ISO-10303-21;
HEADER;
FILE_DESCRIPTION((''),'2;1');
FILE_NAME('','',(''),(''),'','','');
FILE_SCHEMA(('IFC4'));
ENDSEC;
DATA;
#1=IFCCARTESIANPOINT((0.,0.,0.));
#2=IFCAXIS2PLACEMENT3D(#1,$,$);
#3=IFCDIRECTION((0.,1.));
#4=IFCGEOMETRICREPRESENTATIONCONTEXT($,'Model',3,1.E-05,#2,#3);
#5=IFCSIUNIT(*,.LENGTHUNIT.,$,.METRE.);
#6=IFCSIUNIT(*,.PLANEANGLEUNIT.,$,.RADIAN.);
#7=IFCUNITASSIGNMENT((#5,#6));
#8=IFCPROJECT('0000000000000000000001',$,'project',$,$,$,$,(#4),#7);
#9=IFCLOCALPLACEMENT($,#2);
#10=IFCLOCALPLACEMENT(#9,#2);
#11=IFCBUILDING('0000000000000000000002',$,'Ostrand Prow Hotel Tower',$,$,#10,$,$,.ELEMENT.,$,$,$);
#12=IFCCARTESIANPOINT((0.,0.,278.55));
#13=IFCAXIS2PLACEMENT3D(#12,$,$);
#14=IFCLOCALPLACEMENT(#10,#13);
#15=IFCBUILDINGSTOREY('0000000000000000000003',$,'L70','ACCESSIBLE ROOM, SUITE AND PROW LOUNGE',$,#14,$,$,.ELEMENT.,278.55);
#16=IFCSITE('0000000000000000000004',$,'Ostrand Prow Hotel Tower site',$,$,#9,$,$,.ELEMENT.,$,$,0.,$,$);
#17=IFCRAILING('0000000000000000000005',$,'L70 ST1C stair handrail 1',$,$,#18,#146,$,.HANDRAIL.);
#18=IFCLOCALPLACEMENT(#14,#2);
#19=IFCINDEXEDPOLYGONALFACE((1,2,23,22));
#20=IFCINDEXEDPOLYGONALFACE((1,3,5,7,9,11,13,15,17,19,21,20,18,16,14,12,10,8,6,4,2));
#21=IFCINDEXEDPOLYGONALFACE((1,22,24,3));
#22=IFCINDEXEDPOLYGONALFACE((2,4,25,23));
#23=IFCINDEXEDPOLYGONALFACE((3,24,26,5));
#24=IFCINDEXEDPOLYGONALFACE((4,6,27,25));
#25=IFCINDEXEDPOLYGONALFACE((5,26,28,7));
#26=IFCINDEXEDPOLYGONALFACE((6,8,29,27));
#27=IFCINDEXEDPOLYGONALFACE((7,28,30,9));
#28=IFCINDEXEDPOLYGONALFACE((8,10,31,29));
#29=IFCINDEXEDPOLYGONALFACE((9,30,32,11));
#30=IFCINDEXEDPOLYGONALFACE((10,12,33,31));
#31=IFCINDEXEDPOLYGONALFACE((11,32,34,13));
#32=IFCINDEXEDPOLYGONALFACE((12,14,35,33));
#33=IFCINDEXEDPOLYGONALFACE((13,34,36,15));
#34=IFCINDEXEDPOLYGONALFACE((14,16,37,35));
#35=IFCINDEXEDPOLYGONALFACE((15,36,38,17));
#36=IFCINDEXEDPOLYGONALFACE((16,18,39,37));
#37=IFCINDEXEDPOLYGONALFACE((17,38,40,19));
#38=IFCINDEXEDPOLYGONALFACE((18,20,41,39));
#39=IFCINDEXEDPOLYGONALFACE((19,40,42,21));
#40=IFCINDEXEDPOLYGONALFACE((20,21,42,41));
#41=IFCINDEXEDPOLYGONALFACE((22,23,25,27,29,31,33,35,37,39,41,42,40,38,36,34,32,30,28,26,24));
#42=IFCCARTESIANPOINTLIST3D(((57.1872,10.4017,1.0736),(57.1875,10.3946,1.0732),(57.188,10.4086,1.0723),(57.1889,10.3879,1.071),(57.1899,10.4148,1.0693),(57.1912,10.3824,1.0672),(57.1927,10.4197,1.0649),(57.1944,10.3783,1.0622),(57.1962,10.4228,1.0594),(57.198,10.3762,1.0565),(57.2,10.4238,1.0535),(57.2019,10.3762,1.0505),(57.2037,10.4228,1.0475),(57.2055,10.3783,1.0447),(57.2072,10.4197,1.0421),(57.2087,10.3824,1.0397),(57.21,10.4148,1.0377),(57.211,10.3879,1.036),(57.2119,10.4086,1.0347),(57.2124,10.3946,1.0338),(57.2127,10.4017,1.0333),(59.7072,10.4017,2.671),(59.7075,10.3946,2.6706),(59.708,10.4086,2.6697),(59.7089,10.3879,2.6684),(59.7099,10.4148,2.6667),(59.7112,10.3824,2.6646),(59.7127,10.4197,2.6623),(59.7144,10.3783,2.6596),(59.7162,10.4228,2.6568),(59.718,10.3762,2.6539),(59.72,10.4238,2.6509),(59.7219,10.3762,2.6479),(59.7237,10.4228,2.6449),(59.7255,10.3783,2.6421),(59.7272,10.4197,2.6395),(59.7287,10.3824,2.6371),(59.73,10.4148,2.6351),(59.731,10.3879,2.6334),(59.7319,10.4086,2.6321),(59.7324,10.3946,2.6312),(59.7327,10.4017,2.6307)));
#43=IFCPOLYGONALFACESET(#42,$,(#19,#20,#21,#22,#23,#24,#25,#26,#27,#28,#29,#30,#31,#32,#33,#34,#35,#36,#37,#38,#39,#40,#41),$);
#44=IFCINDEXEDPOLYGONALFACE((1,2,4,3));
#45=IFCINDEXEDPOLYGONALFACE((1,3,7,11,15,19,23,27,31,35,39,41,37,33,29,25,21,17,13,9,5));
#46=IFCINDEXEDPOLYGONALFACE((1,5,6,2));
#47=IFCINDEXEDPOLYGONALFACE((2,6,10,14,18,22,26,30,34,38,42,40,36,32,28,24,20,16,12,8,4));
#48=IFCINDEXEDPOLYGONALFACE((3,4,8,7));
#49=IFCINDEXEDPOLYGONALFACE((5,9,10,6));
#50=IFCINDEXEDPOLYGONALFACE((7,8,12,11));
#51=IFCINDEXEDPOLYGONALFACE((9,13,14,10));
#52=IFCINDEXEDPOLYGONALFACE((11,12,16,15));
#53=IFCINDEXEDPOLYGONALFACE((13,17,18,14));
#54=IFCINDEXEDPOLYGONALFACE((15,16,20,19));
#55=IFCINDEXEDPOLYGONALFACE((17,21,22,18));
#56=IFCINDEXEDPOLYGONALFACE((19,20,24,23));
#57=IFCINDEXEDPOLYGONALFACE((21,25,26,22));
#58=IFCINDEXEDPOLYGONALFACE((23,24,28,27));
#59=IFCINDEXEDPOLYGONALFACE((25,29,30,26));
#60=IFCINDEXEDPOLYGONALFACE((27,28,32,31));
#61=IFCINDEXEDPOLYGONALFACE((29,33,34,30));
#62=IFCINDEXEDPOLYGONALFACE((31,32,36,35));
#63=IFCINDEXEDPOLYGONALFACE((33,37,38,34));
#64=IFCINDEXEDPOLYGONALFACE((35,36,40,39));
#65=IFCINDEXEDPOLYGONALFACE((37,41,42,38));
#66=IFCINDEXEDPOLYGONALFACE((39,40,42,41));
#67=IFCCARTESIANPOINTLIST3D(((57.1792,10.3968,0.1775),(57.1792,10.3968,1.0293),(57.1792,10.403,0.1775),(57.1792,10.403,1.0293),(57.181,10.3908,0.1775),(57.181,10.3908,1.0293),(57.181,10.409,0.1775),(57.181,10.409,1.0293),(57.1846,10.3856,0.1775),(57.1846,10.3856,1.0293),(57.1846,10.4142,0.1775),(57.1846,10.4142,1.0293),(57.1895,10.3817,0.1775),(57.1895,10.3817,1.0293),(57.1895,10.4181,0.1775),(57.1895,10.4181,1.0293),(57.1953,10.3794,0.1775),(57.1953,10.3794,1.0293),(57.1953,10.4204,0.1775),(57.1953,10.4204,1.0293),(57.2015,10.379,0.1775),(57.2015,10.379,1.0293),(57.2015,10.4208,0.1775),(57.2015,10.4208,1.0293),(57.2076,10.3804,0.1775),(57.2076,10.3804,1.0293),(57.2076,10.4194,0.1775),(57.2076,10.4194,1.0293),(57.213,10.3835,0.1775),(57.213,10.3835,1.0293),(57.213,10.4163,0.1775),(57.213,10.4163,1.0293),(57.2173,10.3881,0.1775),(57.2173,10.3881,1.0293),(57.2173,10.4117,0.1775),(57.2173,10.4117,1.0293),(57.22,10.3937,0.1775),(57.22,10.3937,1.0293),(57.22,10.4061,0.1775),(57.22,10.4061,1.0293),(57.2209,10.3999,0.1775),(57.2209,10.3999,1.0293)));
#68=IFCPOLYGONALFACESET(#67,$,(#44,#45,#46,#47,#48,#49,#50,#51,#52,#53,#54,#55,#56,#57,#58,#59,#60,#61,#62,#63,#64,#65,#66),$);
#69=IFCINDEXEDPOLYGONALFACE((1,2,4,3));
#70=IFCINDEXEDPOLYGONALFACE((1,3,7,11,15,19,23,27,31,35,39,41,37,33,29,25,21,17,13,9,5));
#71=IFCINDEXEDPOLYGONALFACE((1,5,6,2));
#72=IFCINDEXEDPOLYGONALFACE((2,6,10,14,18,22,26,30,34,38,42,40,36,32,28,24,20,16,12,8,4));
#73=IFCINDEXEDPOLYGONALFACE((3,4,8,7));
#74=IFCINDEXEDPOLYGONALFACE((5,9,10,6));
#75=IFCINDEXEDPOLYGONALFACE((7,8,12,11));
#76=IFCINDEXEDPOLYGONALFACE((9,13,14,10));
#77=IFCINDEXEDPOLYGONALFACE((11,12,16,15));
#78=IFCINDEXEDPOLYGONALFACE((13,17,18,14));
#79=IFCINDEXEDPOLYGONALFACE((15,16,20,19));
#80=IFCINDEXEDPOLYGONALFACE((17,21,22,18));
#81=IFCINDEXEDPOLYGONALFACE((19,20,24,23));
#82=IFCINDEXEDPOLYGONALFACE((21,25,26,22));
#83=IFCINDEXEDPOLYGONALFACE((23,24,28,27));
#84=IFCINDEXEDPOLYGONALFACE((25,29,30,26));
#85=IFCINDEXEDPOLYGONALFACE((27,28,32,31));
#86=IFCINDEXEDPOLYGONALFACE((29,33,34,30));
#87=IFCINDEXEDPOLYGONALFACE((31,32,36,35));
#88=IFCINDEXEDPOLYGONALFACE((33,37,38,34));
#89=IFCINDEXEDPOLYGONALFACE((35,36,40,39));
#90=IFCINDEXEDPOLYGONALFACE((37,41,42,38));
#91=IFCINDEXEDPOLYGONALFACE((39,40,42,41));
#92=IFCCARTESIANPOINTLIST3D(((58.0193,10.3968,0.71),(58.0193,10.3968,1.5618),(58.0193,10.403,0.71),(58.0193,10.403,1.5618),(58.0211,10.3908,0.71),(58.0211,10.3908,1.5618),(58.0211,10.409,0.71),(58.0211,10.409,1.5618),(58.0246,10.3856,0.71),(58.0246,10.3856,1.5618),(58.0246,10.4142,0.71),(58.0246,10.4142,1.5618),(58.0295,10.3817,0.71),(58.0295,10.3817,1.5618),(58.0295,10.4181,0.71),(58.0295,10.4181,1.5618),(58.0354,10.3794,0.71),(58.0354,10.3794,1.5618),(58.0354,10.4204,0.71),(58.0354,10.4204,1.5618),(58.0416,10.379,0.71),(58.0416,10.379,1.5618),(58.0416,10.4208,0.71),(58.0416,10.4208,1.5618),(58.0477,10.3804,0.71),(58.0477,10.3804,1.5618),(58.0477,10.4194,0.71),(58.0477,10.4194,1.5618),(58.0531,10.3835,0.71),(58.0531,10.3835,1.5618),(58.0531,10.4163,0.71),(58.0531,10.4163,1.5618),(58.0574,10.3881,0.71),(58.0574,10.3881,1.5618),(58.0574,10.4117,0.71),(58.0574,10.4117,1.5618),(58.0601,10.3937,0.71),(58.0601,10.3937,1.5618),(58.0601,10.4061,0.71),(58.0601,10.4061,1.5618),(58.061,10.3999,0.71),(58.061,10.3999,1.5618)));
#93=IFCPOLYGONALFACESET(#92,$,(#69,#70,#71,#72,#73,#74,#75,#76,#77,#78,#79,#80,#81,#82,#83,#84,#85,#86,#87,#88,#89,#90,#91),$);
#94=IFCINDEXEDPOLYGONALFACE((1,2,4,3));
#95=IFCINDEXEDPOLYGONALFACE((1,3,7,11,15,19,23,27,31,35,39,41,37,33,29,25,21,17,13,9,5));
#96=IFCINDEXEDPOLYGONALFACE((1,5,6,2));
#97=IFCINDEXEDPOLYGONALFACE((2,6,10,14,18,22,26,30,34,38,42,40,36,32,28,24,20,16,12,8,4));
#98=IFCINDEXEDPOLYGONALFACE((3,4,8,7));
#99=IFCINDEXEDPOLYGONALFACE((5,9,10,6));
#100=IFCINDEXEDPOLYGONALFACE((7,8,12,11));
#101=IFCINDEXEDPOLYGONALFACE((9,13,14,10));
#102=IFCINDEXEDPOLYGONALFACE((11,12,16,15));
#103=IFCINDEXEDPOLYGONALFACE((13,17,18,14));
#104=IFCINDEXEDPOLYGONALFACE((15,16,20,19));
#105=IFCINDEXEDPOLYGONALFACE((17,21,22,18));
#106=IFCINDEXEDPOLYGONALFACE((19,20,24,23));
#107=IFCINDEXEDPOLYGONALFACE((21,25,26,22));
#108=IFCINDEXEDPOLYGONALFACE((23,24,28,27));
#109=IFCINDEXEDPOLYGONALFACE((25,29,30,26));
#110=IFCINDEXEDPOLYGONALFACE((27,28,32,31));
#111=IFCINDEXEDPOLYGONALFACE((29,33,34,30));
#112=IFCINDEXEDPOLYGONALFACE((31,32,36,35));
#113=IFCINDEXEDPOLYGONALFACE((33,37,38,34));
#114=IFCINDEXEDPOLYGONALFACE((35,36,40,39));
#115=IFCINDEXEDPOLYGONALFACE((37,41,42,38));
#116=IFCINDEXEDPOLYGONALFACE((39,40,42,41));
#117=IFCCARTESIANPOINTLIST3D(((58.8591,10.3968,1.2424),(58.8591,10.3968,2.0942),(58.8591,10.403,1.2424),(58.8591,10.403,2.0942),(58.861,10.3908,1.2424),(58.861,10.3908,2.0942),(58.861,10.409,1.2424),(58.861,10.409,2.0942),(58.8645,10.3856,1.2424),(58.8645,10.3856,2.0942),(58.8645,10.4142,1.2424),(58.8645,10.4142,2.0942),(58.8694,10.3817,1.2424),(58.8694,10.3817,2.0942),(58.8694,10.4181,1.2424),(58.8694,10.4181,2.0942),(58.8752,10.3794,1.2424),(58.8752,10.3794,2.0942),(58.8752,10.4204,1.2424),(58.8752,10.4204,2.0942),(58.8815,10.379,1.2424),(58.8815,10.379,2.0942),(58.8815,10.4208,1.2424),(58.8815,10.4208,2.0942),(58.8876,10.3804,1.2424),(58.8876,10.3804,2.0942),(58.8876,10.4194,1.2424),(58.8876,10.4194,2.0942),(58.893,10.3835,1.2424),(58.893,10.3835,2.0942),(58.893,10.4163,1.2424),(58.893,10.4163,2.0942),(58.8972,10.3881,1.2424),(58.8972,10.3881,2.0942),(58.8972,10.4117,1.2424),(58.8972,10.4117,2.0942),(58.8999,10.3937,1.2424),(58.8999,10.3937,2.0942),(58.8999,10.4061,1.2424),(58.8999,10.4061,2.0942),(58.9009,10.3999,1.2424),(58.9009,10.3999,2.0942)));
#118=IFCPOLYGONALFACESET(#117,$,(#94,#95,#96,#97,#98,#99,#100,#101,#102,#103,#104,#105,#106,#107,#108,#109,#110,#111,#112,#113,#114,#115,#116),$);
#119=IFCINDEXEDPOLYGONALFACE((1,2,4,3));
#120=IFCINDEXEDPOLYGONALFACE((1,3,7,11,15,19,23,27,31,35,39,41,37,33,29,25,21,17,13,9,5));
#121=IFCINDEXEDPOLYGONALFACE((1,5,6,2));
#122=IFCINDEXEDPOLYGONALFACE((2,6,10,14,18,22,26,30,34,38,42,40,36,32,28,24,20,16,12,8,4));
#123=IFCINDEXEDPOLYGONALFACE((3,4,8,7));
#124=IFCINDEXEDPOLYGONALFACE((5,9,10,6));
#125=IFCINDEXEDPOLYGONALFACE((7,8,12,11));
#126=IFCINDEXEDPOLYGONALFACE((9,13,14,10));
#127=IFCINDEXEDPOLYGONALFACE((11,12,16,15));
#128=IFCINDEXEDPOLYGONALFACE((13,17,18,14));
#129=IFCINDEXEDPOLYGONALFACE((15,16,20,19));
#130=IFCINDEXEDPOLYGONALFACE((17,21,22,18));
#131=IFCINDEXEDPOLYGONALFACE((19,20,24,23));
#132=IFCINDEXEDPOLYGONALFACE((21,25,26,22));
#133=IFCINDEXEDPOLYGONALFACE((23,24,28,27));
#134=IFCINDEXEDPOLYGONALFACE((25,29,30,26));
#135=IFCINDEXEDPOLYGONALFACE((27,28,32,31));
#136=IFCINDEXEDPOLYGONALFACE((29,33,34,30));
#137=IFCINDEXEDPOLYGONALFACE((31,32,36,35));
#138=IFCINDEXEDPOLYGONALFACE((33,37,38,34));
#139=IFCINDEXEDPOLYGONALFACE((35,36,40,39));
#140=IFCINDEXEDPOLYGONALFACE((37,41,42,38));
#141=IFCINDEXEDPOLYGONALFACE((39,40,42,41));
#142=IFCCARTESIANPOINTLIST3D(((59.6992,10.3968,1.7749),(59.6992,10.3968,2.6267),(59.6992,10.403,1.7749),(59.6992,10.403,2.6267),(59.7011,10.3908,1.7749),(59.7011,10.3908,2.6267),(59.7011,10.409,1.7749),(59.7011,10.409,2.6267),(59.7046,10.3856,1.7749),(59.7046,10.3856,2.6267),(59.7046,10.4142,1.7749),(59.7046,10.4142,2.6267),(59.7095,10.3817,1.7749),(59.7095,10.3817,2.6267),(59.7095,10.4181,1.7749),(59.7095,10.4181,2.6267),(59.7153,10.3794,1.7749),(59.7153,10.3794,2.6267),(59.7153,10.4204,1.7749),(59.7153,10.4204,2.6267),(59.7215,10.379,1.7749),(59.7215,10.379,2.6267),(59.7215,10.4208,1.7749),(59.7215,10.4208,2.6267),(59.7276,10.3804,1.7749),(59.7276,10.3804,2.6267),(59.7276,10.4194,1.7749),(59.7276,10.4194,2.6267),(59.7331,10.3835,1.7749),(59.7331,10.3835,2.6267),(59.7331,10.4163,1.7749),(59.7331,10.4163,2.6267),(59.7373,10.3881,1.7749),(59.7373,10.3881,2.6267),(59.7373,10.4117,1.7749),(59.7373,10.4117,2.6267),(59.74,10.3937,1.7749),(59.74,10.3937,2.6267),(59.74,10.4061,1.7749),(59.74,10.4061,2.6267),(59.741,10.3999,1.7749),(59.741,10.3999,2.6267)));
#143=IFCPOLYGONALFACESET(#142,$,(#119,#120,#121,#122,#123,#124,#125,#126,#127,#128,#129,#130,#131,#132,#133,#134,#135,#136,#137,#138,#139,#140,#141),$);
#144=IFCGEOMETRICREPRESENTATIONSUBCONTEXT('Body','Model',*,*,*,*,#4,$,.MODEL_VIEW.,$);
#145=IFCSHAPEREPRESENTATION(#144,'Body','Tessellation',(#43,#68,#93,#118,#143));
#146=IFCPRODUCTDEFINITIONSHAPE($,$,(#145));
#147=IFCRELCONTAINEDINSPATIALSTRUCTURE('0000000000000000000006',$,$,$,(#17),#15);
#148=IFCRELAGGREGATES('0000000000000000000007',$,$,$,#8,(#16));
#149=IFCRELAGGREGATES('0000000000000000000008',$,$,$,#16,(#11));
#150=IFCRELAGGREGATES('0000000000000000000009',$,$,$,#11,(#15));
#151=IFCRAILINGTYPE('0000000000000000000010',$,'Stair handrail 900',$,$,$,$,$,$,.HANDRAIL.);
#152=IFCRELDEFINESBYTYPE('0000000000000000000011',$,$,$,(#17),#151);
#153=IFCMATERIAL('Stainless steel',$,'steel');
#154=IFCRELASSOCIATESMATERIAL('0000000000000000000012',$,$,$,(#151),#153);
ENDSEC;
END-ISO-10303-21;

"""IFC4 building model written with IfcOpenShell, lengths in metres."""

from ifc_helpers import new_model, si_unit, direction, frame, origin, origin_2d, place, context, subcontext, project, spatial, circle, extrude, material, type_object, element, save


model = new_model("IFC4")

# Units and contexts
model_context = context("Model", 3, precision=1e-05, world=origin(), true_north=direction((0.0, 1.0)))
body_context = subcontext(model_context, "Body", "Model", "MODEL_VIEW")
ifc_project = project(units=[si_unit("LENGTHUNIT", "METRE"), si_unit("PLANEANGLEUNIT", "RADIAN")], contexts=[model_context])

# Site, building, storey
site_placement = place(None, origin())
site = spatial("IfcSite", under=ifc_project, at=site_placement, Name="Ostrand Prow Hotel Tower site", CompositionType="ELEMENT", RefElevation=0.0)
building_placement = place(site_placement, origin())
building = spatial("IfcBuilding", under=site, at=building_placement, Name="Ostrand Prow Hotel Tower", CompositionType="ELEMENT")
storey_placement = place(building_placement, frame((0.0, 0.0, 278.55)))
storey = spatial("IfcBuildingStorey", under=building, at=storey_placement, Name="L70", Description="ACCESSIBLE ROOM, SUITE AND PROW LOUNGE", CompositionType="ELEMENT", Elevation=278.55)

# Railing
ifc_material_1 = material(Name="Stainless steel", Category="steel")
railing_type_1 = type_object("IfcRailingType", Name="Stair handrail 900", PredefinedType="HANDRAIL", material=ifc_material_1)
railing_1_placement = place(storey_placement, frame((57.2, 10.3999, 0.1775)))
element("IfcRailing", 1, at=railing_1_placement, inside=storey, type_object=railing_type_1, Name="L70 ST1C stair handrail 1", PredefinedType="HANDRAIL", context=body_context, shape_type="SweptSolid", body=[
    extrude(circle(Radius=0.0239, at=origin_2d()), frame((0.0, 0.0, 0.876), z_axis=(0.844607, 0.0, 0.535387), x_axis=(0.0, 1.0, 0.0)), (0.0, 0.0, 1.0), 2.9836),
    extrude(circle(Radius=0.021, at=origin_2d()), origin(), (0.0, 0.0, 1.0), 0.8518),
    extrude(circle(Radius=0.021, at=origin_2d()), frame((0.8401, 0.0, 0.5325)), (0.0, 0.0, 1.0), 0.8518),
    extrude(circle(Radius=0.021, at=origin_2d()), frame((1.6799, 0.0, 1.0649)), (0.0, 0.0, 1.0), 0.8518),
    extrude(circle(Radius=0.021, at=origin_2d()), frame((2.52, 0.0, 1.5974)), (0.0, 0.0, 1.0), 0.8518),
])

save(model, "model.ifc")
